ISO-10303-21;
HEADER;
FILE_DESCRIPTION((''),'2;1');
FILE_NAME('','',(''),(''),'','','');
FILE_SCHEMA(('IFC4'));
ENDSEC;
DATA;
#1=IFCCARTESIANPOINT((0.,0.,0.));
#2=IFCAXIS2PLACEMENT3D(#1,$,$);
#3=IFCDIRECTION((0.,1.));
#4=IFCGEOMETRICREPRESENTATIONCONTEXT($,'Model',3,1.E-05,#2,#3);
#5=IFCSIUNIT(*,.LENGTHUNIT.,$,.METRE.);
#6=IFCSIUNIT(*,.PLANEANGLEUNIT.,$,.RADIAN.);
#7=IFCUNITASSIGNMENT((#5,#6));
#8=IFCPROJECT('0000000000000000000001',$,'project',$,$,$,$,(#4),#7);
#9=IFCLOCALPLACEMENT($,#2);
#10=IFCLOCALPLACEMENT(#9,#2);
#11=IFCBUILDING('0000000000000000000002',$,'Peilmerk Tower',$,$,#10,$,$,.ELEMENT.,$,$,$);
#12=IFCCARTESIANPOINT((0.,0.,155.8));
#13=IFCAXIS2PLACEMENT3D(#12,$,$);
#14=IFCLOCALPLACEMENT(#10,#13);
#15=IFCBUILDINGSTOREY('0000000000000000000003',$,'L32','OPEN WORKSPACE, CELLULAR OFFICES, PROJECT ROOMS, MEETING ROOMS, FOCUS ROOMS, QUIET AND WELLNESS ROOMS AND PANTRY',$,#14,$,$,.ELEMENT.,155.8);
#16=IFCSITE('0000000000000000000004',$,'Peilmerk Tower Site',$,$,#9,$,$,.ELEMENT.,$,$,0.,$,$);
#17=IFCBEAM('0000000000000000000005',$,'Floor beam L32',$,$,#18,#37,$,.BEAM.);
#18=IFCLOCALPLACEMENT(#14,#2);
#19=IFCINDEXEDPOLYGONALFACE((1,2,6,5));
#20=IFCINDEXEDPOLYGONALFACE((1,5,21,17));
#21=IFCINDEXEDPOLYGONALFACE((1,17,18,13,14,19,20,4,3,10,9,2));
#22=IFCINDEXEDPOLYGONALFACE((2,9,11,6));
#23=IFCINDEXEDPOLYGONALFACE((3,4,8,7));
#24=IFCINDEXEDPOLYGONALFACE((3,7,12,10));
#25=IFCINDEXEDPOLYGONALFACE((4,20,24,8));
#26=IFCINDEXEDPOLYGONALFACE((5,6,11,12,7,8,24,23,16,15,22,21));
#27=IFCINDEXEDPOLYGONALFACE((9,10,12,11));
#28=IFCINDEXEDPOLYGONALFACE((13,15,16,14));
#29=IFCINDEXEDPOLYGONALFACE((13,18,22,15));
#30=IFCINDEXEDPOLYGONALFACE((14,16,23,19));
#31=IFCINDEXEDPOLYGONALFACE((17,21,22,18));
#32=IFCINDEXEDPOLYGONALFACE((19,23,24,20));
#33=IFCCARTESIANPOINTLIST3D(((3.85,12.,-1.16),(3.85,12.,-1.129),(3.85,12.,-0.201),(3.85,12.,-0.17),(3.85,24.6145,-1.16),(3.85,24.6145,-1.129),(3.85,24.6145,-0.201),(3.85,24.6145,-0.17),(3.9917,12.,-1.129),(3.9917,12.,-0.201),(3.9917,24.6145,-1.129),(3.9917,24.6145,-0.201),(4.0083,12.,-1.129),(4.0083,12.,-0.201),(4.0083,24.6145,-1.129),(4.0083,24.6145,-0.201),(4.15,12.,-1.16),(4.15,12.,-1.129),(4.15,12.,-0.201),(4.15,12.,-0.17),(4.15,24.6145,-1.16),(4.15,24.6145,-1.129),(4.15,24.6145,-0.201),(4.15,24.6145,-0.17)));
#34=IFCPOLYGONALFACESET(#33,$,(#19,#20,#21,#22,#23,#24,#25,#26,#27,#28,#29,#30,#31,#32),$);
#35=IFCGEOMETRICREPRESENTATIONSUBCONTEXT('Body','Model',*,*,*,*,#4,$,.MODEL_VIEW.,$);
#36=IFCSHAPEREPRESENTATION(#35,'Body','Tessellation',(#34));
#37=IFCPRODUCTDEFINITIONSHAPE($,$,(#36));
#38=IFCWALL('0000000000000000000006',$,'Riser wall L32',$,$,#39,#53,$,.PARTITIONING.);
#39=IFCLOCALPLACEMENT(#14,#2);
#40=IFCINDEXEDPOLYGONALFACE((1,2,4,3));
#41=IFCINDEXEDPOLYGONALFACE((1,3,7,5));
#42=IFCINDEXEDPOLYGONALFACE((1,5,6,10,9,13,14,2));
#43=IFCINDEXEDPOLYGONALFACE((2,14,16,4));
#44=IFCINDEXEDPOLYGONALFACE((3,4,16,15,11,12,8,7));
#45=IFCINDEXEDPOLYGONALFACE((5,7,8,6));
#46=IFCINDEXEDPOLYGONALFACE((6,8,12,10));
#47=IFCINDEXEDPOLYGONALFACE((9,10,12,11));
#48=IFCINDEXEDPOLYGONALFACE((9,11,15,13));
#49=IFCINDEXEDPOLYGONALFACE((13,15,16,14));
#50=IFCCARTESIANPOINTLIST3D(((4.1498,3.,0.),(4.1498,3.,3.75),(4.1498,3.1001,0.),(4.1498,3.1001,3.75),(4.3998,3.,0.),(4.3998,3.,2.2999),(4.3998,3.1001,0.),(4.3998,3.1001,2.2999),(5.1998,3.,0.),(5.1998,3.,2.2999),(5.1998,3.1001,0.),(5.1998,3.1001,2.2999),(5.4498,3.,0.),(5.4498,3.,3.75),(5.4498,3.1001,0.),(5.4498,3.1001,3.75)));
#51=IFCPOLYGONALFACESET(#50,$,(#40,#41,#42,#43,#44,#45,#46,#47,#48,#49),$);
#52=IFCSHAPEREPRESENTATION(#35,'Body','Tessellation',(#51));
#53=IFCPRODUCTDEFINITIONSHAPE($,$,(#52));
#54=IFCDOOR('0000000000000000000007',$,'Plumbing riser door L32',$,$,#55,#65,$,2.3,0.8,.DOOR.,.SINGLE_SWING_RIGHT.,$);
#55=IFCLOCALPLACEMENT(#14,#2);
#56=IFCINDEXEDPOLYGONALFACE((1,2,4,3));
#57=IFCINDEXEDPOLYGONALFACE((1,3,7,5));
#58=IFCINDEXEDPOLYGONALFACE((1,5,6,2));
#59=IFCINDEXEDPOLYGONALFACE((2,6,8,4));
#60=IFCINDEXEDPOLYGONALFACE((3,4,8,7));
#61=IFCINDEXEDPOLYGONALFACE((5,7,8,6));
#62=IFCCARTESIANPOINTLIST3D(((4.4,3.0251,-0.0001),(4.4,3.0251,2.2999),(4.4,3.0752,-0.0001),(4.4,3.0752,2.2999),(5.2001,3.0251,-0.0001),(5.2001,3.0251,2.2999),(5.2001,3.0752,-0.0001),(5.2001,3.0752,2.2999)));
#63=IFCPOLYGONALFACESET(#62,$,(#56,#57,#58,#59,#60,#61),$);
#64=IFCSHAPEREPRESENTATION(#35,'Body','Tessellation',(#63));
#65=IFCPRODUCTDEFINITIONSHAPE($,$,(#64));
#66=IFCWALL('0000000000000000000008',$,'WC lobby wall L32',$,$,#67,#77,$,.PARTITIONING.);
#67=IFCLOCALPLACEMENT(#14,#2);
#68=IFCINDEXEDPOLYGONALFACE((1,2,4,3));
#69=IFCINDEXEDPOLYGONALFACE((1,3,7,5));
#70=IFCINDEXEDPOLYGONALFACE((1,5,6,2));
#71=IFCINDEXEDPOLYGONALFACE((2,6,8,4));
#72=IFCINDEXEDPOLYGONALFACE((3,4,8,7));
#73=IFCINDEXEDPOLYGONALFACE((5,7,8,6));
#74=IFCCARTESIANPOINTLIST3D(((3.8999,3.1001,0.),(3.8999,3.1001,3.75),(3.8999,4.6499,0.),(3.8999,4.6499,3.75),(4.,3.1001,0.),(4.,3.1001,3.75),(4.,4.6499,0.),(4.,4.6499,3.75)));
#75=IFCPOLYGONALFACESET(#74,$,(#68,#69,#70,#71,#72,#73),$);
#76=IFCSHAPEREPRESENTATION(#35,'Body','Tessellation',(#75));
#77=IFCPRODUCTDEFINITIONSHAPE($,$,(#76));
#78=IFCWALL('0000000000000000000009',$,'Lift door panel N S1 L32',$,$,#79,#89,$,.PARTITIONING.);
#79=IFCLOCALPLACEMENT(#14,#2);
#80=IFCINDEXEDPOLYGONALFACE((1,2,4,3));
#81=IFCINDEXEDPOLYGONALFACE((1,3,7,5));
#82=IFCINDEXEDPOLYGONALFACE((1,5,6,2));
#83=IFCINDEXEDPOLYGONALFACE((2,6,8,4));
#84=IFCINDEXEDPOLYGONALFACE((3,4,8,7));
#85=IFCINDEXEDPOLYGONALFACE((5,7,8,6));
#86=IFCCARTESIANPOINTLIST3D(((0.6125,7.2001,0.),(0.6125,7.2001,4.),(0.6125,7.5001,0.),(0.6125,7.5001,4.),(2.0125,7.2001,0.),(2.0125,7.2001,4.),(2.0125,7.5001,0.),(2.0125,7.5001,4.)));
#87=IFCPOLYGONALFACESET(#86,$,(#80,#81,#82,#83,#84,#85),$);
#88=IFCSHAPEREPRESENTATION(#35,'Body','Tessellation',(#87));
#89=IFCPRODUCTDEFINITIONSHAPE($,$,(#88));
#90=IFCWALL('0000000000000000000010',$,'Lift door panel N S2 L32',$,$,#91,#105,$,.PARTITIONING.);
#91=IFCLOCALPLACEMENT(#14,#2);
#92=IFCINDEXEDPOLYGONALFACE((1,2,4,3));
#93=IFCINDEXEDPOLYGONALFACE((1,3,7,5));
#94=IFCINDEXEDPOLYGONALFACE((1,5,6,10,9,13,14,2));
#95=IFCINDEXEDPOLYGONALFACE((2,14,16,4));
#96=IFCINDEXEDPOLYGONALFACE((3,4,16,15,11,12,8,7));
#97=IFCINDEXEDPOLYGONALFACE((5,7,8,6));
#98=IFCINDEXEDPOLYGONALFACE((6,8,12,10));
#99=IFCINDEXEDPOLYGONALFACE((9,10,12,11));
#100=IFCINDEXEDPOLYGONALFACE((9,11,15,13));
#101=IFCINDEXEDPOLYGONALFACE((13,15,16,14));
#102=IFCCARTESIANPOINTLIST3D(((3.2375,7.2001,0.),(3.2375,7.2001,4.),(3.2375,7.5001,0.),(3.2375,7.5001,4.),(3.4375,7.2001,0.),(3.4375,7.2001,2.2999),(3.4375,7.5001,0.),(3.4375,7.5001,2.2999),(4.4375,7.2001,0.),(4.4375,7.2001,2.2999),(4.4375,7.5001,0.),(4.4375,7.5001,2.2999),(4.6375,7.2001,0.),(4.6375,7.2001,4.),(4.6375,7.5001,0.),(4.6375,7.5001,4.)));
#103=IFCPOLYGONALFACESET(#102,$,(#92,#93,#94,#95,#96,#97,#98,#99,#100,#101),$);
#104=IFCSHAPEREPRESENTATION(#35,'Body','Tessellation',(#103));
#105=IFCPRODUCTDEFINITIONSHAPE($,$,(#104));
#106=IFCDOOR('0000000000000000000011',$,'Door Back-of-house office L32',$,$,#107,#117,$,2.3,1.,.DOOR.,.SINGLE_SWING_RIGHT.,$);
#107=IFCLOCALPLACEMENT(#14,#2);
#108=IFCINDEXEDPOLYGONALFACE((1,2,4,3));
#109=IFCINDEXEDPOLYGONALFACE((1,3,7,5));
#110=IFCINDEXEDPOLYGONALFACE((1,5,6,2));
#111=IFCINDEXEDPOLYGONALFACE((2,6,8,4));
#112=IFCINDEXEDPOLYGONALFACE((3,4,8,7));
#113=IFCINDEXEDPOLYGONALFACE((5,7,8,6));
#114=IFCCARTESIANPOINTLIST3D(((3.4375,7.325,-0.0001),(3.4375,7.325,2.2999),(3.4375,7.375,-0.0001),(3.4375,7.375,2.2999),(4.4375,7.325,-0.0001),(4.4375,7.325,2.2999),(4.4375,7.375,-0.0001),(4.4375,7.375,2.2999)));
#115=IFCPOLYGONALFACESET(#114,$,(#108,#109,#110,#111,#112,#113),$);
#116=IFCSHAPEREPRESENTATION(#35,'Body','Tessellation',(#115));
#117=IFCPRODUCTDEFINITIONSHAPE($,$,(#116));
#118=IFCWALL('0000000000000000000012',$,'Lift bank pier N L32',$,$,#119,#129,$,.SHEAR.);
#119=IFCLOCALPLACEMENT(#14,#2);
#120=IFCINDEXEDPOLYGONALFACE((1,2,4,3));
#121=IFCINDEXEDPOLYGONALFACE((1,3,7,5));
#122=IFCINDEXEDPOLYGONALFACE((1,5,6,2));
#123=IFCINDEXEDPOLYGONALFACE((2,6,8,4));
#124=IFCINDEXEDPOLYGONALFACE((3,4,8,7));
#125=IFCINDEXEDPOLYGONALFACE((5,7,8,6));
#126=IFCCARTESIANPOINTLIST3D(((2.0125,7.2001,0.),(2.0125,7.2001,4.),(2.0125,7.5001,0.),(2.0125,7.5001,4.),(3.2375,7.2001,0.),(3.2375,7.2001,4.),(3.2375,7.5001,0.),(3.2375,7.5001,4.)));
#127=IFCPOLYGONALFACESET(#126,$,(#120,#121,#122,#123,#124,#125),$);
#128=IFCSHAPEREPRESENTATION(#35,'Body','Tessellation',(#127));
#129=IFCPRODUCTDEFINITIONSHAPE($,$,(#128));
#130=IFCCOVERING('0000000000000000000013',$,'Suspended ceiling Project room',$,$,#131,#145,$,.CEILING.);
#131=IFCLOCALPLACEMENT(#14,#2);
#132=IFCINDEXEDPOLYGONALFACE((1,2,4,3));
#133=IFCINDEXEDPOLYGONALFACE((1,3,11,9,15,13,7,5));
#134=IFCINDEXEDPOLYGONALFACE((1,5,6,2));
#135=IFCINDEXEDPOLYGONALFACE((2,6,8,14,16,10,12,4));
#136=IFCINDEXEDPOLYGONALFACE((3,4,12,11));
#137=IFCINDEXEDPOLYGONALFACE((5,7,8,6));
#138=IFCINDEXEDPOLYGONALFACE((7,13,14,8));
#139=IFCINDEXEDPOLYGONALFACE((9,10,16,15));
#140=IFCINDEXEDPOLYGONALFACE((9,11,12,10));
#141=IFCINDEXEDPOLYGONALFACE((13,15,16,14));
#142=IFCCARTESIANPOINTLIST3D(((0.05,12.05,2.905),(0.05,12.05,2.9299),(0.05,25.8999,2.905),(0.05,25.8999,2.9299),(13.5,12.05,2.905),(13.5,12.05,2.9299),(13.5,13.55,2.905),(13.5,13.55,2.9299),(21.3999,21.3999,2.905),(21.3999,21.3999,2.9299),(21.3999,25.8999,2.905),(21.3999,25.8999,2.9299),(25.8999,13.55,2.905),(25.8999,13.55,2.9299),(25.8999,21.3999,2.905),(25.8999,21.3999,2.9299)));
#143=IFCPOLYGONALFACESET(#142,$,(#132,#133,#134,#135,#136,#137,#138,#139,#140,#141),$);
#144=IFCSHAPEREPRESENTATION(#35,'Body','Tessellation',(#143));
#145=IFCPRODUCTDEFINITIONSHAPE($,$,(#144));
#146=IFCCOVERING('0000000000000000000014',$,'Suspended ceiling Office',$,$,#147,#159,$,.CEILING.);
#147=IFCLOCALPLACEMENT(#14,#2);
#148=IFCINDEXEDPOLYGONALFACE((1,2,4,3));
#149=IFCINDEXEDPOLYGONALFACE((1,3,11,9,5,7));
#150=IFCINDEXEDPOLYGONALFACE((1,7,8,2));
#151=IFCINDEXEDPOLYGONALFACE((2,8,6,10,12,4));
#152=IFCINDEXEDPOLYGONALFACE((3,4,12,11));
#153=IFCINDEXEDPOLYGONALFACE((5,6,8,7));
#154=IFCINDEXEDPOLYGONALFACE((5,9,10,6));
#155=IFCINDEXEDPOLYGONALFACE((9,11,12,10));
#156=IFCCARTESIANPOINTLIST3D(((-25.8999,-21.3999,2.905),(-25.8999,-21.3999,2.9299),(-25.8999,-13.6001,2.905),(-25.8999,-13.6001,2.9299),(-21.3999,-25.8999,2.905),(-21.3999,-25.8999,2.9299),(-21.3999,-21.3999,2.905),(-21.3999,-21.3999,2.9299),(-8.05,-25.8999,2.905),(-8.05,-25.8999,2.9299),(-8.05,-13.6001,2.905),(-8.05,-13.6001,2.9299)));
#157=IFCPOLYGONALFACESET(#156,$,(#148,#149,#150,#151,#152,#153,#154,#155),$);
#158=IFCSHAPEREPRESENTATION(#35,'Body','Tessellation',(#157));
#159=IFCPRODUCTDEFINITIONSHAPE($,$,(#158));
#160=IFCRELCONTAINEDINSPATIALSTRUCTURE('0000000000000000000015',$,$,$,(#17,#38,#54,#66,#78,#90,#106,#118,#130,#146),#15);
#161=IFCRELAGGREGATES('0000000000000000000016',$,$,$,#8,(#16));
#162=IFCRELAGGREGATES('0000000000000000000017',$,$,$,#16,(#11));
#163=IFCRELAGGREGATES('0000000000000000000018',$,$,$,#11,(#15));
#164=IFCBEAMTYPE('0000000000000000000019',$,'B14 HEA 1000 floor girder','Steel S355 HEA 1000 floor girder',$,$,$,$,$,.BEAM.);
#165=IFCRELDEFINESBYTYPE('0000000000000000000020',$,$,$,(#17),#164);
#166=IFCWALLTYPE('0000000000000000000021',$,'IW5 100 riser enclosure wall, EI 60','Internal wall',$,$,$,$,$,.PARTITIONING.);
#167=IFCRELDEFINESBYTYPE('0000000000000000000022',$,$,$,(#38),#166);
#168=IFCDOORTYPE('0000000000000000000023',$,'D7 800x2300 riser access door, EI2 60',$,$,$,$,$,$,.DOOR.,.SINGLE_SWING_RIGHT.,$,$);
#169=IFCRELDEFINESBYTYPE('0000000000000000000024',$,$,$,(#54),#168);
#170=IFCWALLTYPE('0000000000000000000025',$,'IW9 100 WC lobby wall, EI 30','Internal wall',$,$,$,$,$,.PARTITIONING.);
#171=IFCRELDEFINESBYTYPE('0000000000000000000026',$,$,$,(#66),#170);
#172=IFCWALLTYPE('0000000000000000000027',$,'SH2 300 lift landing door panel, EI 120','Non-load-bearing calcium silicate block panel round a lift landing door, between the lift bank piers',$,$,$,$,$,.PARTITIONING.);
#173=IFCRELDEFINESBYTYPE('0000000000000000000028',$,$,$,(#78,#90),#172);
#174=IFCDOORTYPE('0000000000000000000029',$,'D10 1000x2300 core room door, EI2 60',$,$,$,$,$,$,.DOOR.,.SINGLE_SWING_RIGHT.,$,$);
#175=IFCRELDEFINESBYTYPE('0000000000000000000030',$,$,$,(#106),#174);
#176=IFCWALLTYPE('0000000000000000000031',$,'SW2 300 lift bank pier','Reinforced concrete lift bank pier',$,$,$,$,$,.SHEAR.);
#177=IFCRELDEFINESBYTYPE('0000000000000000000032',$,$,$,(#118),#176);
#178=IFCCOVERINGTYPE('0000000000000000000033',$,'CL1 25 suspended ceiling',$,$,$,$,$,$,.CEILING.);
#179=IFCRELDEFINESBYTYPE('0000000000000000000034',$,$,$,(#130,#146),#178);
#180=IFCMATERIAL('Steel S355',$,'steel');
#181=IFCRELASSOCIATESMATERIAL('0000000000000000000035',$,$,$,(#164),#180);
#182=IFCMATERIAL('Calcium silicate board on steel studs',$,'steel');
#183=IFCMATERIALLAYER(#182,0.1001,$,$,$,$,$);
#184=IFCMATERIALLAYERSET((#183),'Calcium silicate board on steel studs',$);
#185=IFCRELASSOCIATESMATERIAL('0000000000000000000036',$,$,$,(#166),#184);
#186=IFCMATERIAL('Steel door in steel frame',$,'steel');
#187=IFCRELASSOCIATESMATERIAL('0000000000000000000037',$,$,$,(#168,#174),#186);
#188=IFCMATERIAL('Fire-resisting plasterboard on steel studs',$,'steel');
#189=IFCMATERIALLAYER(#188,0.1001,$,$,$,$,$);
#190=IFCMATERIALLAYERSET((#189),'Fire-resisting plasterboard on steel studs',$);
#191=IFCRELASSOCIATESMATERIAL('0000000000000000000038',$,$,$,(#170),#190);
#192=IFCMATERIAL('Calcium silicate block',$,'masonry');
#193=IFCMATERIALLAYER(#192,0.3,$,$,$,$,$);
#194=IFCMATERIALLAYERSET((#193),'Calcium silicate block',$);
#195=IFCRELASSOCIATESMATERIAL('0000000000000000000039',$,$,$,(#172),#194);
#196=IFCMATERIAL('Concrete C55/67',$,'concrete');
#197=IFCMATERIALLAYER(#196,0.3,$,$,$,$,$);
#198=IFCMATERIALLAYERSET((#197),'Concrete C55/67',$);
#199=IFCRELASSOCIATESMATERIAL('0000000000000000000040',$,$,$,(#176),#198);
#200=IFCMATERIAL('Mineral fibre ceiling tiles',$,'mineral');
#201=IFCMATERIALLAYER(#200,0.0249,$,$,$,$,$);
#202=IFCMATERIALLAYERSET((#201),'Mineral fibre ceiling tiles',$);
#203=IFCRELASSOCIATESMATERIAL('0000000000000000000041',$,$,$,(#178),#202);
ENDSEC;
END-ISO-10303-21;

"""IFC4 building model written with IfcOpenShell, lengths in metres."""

from ifc_helpers import new_model, si_unit, direction, frame, frame_2d, origin, origin_2d, place, context, subcontext, project, spatial, polyline, rectangle, i_section, outline, extrude, material, layer, layer_set, material_profile, profile_set, type_object, element, fill, save


model = new_model("IFC4")

# Units and contexts
model_context = context("Model", 3, precision=1e-05, world=origin(), true_north=direction((0.0, 1.0)))
body_context = subcontext(model_context, "Body", "Model", "MODEL_VIEW")
ifc_project = project(units=[si_unit("LENGTHUNIT", "METRE"), si_unit("PLANEANGLEUNIT", "RADIAN")], contexts=[model_context])

# Site, building, storey
site_placement = place(None, origin())
site = spatial("IfcSite", under=ifc_project, at=site_placement, Name="Peilmerk Tower Site", CompositionType="ELEMENT", RefElevation=0.0)
building_placement = place(site_placement, origin())
building = spatial("IfcBuilding", under=site, at=building_placement, Name="Peilmerk Tower", CompositionType="ELEMENT")
storey_placement = place(building_placement, frame((0.0, 0.0, 155.8)))
storey = spatial("IfcBuildingStorey", under=building, at=storey_placement, Name="L32", Description="OPEN WORKSPACE, CELLULAR OFFICES, PROJECT ROOMS, MEETING ROOMS, FOCUS ROOMS, QUIET AND WELLNESS ROOMS AND PANTRY", CompositionType="ELEMENT", Elevation=155.8)

# Beam
ifc_material_1 = material(Name="Steel S355", Category="steel")
ifc_material_profile = material_profile(ifc_material_1, i_section(OverallWidth=0.3, OverallDepth=0.99, WebThickness=0.0166, FlangeThickness=0.031, at=origin_2d()), Name="HEA 1000")
ifc_profile_set = profile_set([ifc_material_profile], Name="Steel S355")
beam_type = type_object("IfcBeamType", Name="B14 HEA 1000 floor girder", Description="Steel S355 HEA 1000 floor girder", PredefinedType="BEAM", material=ifc_profile_set)
beam_placement = place(storey_placement, frame((4.0, 12.0, -0.665), z_axis=(0.0, 1.0, 0.0), x_axis=(-1.0, 0.0, 0.0)))
element("IfcBeam", 1, at=beam_placement, inside=storey, type_object=beam_type, Name="Floor beam L32", PredefinedType="BEAM", context=body_context, shape_type="SweptSolid", body=[
    extrude(i_section(OverallWidth=0.3, OverallDepth=0.99, WebThickness=0.0166, FlangeThickness=0.031, at=origin_2d()), origin(), (0.0, 0.0, 1.0), 12.6145),
])

# Wall, opening, door
ifc_material_2 = material(Name="Calcium silicate board on steel studs", Category="steel")
ifc_layer_1 = layer(ifc_material_2, 0.1001)
ifc_layer_set_1 = layer_set([ifc_layer_1], Name="Calcium silicate board on steel studs")
wall_type_1 = type_object("IfcWallType", Name="IW5 100 riser enclosure wall, EI 60", Description="Internal wall", PredefinedType="PARTITIONING", material=ifc_layer_set_1)
wall_1_placement = place(storey_placement, frame((4.1499, 3.05, 0.0), z_axis=(0.0, 0.0, 1.0), x_axis=(1.0, 0.0, 0.0)))
wall_1 = element("IfcWall", 2, at=wall_1_placement, inside=storey, type_object=wall_type_1, Name="Riser wall L32", PredefinedType="PARTITIONING", context=body_context, shape_type="SweptSolid", body=[
    extrude(rectangle(XDim=1.3, YDim=0.1001, at=frame_2d((0.6499, 0.0))), origin(), (0.0, 0.0, 1.0), 3.75),
])
opening_1_placement = place(wall_1_placement, frame((0.25, 0.0, 0.0)))
opening_1 = element("IfcOpeningElement", 3, at=opening_1_placement, cuts=wall_1, PredefinedType="OPENING", context=body_context, shape_type="SweptSolid", body=[
    extrude(rectangle(XDim=0.8, YDim=2.3, at=frame_2d((0.3999, 1.1499))), frame((0.0, 0.0601, 0.0), z_axis=(0.0, -1.0, 0.0), x_axis=(1.0, 0.0, 0.0)), (0.0, 0.0, 1.0), 0.1201),
])
ifc_material_3 = material(Name="Steel door in steel frame", Category="steel")
door_type_1 = type_object("IfcDoorType", Name="D7 800x2300 riser access door, EI2 60", OperationType="SINGLE_SWING_RIGHT", PredefinedType="DOOR", material=ifc_material_3)
door_1_placement = place(opening_1_placement, frame((0.8, 0.0, 0.0), z_axis=(0.0, 0.0, 1.0), x_axis=(-1.0, 0.0, 0.0)))
door_1 = element("IfcDoor", 4, at=door_1_placement, inside=storey, type_object=door_type_1, Name="Plumbing riser door L32", OperationType="SINGLE_SWING_RIGHT", OverallHeight=2.3, OverallWidth=0.8, PredefinedType="DOOR", context=body_context, shape_type="SweptSolid", body=[
    extrude(rectangle(XDim=0.8, YDim=2.3, at=frame_2d((0.3999, 1.1499))), frame((0.0, 0.0249, 0.0), z_axis=(0.0, -1.0, 0.0), x_axis=(1.0, 0.0, 0.0)), (0.0, 0.0, 1.0), 0.05),
])
fill(opening_1, door_1)

# Walls
ifc_material_4 = material(Name="Fire-resisting plasterboard on steel studs", Category="steel")
ifc_layer_2 = layer(ifc_material_4, 0.1001)
ifc_layer_set_2 = layer_set([ifc_layer_2], Name="Fire-resisting plasterboard on steel studs")
wall_type_2 = type_object("IfcWallType", Name="IW9 100 WC lobby wall, EI 30", Description="Internal wall", PredefinedType="PARTITIONING", material=ifc_layer_set_2)
wall_2_placement = place(storey_placement, frame((3.95, 3.1001, 0.0), z_axis=(0.0, 0.0, 1.0), x_axis=(0.0, 1.0, 0.0)))
element("IfcWall", 5, at=wall_2_placement, inside=storey, type_object=wall_type_2, Name="WC lobby wall L32", PredefinedType="PARTITIONING", context=body_context, shape_type="SweptSolid", body=[
    extrude(rectangle(XDim=1.5498, YDim=0.1001, at=frame_2d((0.7749, 0.0))), origin(), (0.0, 0.0, 1.0), 3.75),
])
ifc_material_5 = material(Name="Calcium silicate block", Category="masonry")
ifc_layer_3 = layer(ifc_material_5, 0.3)
ifc_layer_set_3 = layer_set([ifc_layer_3], Name="Calcium silicate block")
wall_type_3 = type_object("IfcWallType", Name="SH2 300 lift landing door panel, EI 120", Description="Non-load-bearing calcium silicate block panel round a lift landing door, between the lift bank piers", PredefinedType="PARTITIONING", material=ifc_layer_set_3)
wall_3_placement = place(storey_placement, frame((0.6125, 7.3501, 0.0), z_axis=(0.0, 0.0, 1.0), x_axis=(1.0, 0.0, 0.0)))
element("IfcWall", 6, at=wall_3_placement, inside=storey, type_object=wall_type_3, Name="Lift door panel N S1 L32", PredefinedType="PARTITIONING", context=body_context, shape_type="SweptSolid", body=[
    extrude(rectangle(XDim=1.3999, YDim=0.3, at=frame_2d((0.7, 0.0))), origin(), (0.0, 0.0, 1.0), 4.0),
])

# Wall, opening, door
wall_4_placement = place(storey_placement, frame((3.2375, 7.3501, 0.0), z_axis=(0.0, 0.0, 1.0), x_axis=(1.0, 0.0, 0.0)))
wall_4 = element("IfcWall", 7, at=wall_4_placement, inside=storey, type_object=wall_type_3, Name="Lift door panel N S2 L32", PredefinedType="PARTITIONING", context=body_context, shape_type="SweptSolid", body=[
    extrude(rectangle(XDim=1.3999, YDim=0.3, at=frame_2d((0.7, 0.0))), origin(), (0.0, 0.0, 1.0), 4.0),
])
opening_2_placement = place(wall_4_placement, frame((0.2, 0.0, 0.0)))
opening_2 = element("IfcOpeningElement", 8, at=opening_2_placement, cuts=wall_4, PredefinedType="OPENING", context=body_context, shape_type="SweptSolid", body=[
    extrude(rectangle(XDim=1.0, YDim=2.3, at=frame_2d((0.5, 1.1499))), frame((0.0, 0.1599, 0.0), z_axis=(0.0, -1.0, 0.0), x_axis=(1.0, 0.0, 0.0)), (0.0, 0.0, 1.0), 0.3201),
])
door_type_2 = type_object("IfcDoorType", Name="D10 1000x2300 core room door, EI2 60", OperationType="SINGLE_SWING_RIGHT", PredefinedType="DOOR", material=ifc_material_3)
door_2_placement = place(opening_2_placement, origin())
door_2 = element("IfcDoor", 9, at=door_2_placement, inside=storey, type_object=door_type_2, Name="Door Back-of-house office L32", OperationType="SINGLE_SWING_RIGHT", OverallHeight=2.3, OverallWidth=1.0, PredefinedType="DOOR", context=body_context, shape_type="SweptSolid", body=[
    extrude(rectangle(XDim=1.0, YDim=2.3, at=frame_2d((0.5, 1.1499))), frame((0.0, 0.0249, 0.0), z_axis=(0.0, -1.0, 0.0), x_axis=(1.0, 0.0, 0.0)), (0.0, 0.0, 1.0), 0.05),
])
fill(opening_2, door_2)

# Wall
ifc_material_6 = material(Name="Concrete C55/67", Category="concrete")
ifc_layer_4 = layer(ifc_material_6, 0.3)
ifc_layer_set_4 = layer_set([ifc_layer_4], Name="Concrete C55/67")
wall_type_4 = type_object("IfcWallType", Name="SW2 300 lift bank pier", Description="Reinforced concrete lift bank pier", PredefinedType="SHEAR", material=ifc_layer_set_4)
wall_5_placement = place(storey_placement, frame((2.0125, 7.3501, 0.0), z_axis=(0.0, 0.0, 1.0), x_axis=(1.0, 0.0, 0.0)))
element("IfcWall", 10, at=wall_5_placement, inside=storey, type_object=wall_type_4, Name="Lift bank pier N L32", PredefinedType="SHEAR", context=body_context, shape_type="SweptSolid", body=[
    extrude(rectangle(XDim=1.2251, YDim=0.3, at=frame_2d((0.6125, 0.0))), origin(), (0.0, 0.0, 1.0), 4.0),
])

# Coverings
ifc_material_7 = material(Name="Mineral fibre ceiling tiles", Category="mineral")
ifc_layer_5 = layer(ifc_material_7, 0.0249)
ifc_layer_set_5 = layer_set([ifc_layer_5], Name="Mineral fibre ceiling tiles")
covering_type = type_object("IfcCoveringType", Name="CL1 25 suspended ceiling", PredefinedType="CEILING", material=ifc_layer_set_5)
covering_1_placement = place(storey_placement, frame((0.0, 0.0, 2.905)))
element("IfcCovering", 11, at=covering_1_placement, inside=storey, type_object=covering_type, Name="Suspended ceiling Project room", PredefinedType="CEILING", context=body_context, shape_type="SweptSolid", body=[
    extrude(outline(polyline([(21.3999, 25.8999), (0.05, 25.8999), (0.05, 12.05), (13.5, 12.05), (13.5, 13.55), (25.8999, 13.55), (25.8999, 21.3999), (21.3999, 21.3999), (21.3999, 25.8999)])), origin(), (0.0, 0.0, 1.0), 0.0249),
])
covering_2_placement = place(storey_placement, frame((0.0, 0.0, 2.905)))
element("IfcCovering", 12, at=covering_2_placement, inside=storey, type_object=covering_type, Name="Suspended ceiling Office", PredefinedType="CEILING", context=body_context, shape_type="SweptSolid", body=[
    extrude(outline(polyline([(-21.3999, -25.8999), (-8.05, -25.8999), (-8.05, -13.6001), (-25.8999, -13.6001), (-25.8999, -21.3999), (-21.3999, -21.3999), (-21.3999, -25.8999)])), origin(), (0.0, 0.0, 1.0), 0.0249),
])

save(model, "model.ifc")
